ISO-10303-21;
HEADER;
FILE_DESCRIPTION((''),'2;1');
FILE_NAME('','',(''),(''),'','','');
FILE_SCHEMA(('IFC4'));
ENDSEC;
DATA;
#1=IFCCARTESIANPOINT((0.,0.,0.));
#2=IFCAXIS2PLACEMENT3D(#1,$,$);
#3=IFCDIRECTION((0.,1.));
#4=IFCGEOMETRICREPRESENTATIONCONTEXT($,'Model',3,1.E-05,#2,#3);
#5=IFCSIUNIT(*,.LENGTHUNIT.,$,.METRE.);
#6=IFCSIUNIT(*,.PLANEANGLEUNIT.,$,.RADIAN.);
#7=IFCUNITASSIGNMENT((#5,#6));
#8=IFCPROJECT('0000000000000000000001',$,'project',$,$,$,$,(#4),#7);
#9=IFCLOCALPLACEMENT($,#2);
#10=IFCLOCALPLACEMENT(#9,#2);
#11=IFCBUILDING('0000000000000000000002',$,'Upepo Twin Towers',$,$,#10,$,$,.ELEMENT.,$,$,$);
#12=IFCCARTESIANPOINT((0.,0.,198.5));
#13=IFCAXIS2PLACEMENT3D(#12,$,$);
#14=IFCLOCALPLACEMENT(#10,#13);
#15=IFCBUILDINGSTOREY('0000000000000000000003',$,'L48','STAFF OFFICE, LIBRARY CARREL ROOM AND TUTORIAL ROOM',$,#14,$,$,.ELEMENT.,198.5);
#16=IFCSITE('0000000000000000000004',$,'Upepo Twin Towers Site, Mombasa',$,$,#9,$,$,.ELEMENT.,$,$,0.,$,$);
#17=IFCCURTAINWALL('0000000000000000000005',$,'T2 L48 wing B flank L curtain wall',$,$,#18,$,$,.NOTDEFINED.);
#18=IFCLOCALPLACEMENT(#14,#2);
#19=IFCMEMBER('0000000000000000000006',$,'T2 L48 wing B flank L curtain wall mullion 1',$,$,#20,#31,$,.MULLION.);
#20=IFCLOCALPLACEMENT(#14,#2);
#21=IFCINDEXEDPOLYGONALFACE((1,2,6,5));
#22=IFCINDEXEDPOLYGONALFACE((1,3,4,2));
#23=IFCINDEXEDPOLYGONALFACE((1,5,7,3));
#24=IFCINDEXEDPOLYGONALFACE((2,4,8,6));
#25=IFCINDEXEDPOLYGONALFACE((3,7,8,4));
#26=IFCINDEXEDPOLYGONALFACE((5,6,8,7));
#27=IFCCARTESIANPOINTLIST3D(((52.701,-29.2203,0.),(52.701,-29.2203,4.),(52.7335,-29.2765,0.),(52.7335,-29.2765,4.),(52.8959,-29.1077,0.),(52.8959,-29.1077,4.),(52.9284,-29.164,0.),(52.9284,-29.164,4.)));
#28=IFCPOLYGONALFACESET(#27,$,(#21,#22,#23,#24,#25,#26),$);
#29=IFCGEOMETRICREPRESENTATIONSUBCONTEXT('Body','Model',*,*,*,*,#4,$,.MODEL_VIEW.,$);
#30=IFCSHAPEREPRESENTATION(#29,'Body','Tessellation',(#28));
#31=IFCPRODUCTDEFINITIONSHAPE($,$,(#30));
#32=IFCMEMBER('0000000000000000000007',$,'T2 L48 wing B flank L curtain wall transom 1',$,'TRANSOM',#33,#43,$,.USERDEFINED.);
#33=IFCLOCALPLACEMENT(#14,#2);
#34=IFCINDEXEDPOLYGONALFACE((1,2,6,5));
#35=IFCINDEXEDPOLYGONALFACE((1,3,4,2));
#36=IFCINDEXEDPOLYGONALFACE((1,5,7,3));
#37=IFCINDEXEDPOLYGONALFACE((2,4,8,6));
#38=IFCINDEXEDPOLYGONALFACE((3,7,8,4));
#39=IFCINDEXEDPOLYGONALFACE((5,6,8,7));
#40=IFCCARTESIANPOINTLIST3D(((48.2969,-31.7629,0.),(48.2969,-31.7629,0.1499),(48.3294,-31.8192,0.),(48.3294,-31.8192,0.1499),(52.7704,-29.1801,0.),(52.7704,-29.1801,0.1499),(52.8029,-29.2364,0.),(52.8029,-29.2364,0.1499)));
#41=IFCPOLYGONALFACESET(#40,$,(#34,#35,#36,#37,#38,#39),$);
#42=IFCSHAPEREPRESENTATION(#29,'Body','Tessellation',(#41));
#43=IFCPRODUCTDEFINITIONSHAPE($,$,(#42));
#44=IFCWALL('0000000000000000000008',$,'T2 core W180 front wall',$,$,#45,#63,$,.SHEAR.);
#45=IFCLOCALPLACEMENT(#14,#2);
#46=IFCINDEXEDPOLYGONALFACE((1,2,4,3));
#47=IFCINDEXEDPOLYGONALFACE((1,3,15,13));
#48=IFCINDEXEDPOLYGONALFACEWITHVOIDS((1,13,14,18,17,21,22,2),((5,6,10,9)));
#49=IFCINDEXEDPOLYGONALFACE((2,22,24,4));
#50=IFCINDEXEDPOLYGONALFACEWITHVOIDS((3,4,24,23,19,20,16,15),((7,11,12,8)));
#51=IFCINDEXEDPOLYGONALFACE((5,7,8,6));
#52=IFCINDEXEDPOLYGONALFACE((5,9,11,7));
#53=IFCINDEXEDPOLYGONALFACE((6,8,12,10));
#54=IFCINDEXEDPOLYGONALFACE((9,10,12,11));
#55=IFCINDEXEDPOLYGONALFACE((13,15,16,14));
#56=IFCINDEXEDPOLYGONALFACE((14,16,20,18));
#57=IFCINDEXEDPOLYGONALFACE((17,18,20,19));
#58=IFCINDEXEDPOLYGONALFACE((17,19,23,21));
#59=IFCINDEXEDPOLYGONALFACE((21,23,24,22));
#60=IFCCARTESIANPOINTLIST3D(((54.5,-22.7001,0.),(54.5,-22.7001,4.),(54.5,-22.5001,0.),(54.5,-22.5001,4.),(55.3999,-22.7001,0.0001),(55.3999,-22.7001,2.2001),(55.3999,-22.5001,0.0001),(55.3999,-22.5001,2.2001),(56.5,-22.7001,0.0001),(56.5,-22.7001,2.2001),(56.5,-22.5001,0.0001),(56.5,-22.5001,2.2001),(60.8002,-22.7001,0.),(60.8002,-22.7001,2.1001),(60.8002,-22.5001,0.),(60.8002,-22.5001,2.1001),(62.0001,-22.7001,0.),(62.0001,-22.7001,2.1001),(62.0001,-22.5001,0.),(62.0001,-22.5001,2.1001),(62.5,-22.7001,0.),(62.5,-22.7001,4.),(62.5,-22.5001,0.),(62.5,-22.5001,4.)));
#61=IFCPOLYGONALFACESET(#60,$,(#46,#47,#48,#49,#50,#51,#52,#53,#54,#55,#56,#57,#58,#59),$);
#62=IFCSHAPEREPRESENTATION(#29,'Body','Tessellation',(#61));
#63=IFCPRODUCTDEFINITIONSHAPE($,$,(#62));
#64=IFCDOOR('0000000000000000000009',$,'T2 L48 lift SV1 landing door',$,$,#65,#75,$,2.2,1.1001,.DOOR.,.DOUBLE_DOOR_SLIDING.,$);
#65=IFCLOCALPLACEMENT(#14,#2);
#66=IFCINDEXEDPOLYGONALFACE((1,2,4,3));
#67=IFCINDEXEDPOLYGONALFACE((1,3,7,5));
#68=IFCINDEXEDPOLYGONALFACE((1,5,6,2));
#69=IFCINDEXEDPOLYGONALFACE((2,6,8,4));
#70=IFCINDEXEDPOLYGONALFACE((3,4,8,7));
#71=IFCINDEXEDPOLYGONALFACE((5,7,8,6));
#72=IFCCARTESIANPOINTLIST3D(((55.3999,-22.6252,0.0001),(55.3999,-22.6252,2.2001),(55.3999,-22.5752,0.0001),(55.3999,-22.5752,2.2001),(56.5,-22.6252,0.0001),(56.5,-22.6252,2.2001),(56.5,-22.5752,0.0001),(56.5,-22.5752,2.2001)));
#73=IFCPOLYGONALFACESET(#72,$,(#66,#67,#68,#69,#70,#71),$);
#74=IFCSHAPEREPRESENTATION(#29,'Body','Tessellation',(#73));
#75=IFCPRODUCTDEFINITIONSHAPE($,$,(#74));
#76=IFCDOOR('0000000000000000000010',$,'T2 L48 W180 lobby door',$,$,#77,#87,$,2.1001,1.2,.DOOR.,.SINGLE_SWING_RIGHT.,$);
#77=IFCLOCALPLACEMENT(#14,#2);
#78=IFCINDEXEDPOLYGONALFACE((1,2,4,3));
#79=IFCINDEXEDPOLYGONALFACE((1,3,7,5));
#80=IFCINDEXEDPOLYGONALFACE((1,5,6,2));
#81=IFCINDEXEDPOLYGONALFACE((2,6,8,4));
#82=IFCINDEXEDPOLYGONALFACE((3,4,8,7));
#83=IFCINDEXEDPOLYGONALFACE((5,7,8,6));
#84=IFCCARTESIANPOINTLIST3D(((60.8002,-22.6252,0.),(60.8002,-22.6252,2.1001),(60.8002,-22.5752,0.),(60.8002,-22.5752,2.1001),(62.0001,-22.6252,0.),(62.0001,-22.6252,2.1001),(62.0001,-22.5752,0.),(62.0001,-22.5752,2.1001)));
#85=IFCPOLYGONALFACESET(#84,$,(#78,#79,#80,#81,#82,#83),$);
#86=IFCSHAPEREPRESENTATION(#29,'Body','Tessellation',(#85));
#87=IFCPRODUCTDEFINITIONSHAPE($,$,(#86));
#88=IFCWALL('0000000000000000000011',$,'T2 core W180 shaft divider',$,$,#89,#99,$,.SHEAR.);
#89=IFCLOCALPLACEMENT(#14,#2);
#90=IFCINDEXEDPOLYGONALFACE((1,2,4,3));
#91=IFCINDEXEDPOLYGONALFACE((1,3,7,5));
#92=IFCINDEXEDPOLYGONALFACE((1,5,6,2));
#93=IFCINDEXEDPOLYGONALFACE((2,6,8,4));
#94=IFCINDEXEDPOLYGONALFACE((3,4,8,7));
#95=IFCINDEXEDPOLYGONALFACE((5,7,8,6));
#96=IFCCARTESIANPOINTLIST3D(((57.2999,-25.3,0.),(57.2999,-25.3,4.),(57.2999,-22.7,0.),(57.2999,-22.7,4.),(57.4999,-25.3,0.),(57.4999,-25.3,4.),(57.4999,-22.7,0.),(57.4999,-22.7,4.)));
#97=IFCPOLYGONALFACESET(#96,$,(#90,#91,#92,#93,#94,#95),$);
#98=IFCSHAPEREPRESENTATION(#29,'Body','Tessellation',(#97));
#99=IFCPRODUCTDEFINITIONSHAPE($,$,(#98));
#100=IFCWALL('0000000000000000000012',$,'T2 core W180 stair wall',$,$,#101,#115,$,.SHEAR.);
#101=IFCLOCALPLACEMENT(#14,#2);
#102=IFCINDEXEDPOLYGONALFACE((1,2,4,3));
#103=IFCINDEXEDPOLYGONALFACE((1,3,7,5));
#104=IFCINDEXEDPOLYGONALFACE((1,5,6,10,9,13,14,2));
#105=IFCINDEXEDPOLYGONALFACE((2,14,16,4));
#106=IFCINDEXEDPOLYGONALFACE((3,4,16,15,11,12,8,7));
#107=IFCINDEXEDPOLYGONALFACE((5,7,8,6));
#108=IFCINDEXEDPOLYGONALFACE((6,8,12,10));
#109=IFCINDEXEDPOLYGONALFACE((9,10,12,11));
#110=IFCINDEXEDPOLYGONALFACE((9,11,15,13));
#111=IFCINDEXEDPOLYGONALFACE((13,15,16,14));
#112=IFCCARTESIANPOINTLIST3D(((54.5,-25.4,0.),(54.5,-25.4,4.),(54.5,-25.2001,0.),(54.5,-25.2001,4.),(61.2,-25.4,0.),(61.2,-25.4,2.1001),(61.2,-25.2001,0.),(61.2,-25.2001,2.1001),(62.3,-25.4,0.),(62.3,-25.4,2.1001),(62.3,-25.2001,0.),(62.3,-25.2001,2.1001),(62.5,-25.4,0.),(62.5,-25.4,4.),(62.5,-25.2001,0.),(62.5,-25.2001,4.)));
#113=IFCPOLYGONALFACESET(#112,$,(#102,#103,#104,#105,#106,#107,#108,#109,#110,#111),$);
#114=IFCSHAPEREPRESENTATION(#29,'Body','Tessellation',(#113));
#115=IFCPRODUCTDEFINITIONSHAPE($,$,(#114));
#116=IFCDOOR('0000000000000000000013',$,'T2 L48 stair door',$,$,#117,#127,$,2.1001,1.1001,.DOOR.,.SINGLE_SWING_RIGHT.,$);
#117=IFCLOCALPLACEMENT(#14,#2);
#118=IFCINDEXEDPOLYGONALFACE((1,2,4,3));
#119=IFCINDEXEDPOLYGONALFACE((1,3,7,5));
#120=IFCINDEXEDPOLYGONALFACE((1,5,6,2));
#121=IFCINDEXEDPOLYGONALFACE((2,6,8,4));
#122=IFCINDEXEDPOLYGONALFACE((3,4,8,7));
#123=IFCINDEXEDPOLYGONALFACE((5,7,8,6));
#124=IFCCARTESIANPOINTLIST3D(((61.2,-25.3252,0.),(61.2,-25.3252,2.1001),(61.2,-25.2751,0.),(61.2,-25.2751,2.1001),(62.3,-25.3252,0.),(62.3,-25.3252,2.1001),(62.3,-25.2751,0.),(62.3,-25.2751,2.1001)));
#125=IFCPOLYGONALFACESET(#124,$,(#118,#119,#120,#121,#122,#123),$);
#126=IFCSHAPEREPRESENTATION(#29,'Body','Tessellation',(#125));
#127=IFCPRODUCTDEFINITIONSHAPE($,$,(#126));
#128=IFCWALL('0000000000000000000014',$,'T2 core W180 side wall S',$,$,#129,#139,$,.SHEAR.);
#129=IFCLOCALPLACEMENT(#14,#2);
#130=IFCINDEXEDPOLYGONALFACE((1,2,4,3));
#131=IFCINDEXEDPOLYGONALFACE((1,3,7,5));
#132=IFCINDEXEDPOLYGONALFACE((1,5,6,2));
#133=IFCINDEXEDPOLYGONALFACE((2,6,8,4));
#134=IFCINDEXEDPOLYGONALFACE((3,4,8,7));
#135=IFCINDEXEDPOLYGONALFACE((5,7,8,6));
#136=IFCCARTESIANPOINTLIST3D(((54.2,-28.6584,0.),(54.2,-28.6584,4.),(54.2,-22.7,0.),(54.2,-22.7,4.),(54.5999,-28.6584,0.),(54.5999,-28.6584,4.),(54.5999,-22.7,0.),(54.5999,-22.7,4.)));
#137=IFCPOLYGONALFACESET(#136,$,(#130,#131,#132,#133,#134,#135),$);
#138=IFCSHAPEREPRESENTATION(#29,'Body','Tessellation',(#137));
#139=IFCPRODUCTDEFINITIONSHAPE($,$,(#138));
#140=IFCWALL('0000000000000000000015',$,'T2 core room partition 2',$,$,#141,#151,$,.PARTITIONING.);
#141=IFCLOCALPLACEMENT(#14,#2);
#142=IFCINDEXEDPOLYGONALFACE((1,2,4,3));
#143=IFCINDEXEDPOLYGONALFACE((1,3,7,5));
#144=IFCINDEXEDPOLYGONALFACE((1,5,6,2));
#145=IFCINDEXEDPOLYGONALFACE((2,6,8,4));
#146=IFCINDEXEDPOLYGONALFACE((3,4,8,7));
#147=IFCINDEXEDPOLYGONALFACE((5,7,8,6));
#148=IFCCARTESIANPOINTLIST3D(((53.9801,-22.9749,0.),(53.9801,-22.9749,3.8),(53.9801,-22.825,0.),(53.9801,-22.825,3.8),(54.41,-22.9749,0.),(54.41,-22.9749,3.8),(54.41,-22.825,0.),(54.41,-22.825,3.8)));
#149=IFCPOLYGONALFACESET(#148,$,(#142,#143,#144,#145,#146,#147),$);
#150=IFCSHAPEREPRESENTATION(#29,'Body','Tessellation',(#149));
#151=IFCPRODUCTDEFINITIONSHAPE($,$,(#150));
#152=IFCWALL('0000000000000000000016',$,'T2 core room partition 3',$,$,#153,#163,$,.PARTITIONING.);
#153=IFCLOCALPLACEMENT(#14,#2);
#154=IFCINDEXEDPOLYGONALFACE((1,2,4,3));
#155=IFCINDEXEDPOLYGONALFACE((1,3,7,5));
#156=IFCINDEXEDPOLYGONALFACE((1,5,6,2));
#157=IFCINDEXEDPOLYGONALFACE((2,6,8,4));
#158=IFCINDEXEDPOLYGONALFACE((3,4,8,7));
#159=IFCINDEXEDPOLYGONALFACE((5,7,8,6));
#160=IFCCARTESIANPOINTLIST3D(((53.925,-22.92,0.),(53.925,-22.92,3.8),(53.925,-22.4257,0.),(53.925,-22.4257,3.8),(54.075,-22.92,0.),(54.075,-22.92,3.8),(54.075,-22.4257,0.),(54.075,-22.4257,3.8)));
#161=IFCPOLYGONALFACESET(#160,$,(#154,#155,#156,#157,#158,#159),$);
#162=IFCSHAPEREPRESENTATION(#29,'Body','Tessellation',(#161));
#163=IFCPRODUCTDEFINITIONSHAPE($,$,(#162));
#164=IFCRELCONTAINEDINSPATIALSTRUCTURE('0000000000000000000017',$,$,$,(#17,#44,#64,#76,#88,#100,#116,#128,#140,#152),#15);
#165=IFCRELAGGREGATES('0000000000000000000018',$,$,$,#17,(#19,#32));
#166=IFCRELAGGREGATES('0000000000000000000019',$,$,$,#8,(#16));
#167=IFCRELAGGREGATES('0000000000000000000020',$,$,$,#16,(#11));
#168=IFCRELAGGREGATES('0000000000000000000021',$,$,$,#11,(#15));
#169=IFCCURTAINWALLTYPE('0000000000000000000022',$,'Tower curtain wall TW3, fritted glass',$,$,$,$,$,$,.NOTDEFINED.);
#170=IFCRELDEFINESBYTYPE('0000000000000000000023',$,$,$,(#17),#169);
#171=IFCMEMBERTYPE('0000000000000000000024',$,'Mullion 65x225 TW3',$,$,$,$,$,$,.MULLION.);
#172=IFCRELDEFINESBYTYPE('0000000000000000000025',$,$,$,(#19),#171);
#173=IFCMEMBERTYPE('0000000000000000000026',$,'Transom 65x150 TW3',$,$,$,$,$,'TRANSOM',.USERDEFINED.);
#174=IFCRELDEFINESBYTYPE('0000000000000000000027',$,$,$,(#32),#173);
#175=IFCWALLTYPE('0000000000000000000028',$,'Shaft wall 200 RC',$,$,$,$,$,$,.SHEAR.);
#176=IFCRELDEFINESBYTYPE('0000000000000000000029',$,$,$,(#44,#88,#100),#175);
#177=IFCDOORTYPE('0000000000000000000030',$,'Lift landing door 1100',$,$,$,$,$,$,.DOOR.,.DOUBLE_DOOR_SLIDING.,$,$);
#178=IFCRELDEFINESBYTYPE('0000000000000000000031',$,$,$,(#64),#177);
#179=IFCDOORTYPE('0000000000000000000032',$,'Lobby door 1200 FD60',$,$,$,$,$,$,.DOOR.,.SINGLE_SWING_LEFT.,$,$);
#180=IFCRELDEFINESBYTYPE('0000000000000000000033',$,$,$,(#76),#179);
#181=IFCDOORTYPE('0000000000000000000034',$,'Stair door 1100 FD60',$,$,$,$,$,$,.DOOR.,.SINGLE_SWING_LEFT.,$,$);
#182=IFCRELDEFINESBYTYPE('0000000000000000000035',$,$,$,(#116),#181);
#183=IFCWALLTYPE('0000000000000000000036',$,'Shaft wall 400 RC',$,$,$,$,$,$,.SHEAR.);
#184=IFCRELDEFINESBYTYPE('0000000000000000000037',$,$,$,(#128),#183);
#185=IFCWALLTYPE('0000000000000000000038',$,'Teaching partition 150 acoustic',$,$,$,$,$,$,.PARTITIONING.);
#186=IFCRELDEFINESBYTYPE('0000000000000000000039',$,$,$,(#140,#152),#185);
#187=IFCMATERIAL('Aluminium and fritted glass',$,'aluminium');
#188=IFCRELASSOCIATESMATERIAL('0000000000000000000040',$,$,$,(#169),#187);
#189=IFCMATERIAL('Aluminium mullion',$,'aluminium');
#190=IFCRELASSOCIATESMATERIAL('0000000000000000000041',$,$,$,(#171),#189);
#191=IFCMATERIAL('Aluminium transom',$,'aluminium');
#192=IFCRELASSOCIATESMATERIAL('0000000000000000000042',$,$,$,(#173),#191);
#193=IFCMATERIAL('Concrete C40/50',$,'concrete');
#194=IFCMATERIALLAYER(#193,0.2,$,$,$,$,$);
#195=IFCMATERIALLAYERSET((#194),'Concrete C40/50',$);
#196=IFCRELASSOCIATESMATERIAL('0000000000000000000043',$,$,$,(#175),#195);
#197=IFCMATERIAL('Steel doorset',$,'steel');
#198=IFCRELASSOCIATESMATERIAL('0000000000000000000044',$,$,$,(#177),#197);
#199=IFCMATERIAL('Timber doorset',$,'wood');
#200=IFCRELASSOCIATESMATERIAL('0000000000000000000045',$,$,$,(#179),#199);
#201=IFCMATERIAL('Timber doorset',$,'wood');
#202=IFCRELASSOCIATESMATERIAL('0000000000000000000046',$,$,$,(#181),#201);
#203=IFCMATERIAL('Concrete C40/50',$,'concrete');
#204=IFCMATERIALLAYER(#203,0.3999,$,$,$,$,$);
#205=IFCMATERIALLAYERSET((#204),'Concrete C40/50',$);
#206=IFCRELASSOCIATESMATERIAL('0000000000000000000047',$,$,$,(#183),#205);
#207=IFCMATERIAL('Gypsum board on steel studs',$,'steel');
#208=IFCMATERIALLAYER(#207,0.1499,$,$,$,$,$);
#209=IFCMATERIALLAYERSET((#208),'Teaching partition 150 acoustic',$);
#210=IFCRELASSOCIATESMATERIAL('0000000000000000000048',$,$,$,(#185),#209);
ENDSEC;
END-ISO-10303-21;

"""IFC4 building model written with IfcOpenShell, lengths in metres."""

from ifc_helpers import new_model, si_unit, direction, frame, frame_2d, origin, origin_2d, place, context, subcontext, project, spatial, rectangle, extrude, material, layer, layer_set, material_profile, profile_set, type_object, element, fill, aggregate, save


model = new_model("IFC4")

# Units and contexts
model_context = context("Model", 3, precision=1e-05, world=origin(), true_north=direction((0.0, 1.0)))
body_context = subcontext(model_context, "Body", "Model", "MODEL_VIEW")
ifc_project = project(units=[si_unit("LENGTHUNIT", "METRE"), si_unit("PLANEANGLEUNIT", "RADIAN")], contexts=[model_context])

# Site, building, storey
site_placement = place(None, origin())
site = spatial("IfcSite", under=ifc_project, at=site_placement, Name="Upepo Twin Towers Site, Mombasa", CompositionType="ELEMENT", RefElevation=0.0)
building_placement = place(site_placement, origin())
building = spatial("IfcBuilding", under=site, at=building_placement, Name="Upepo Twin Towers", CompositionType="ELEMENT")
storey_placement = place(building_placement, frame((0.0, 0.0, 198.5)))
storey = spatial("IfcBuildingStorey", under=building, at=storey_placement, Name="L48", Description="STAFF OFFICE, LIBRARY CARREL ROOM AND TUTORIAL ROOM", CompositionType="ELEMENT", Elevation=198.5)

# Curtain wall, members
ifc_material_1 = material(Name="Aluminium and fritted glass", Category="aluminium")
curtain_wall_type = type_object("IfcCurtainWallType", Name="Tower curtain wall TW3, fritted glass", PredefinedType="NOTDEFINED", material=ifc_material_1)
curtain_wall_placement = place(storey_placement, origin())
curtain_wall = element("IfcCurtainWall", 1, at=curtain_wall_placement, inside=storey, type_object=curtain_wall_type, Name="T2 L48 wing B flank L curtain wall", PredefinedType="NOTDEFINED")
ifc_material_2 = material(Name="Aluminium mullion", Category="aluminium")
ifc_material_profile_1 = material_profile(ifc_material_2, rectangle(XDim=0.0649, YDim=0.2251, at=origin_2d()), Name="MULLION 65x225")
ifc_profile_set_1 = profile_set([ifc_material_profile_1], Name="Aluminium mullion")
member_type_1 = type_object("IfcMemberType", Name="Mullion 65x225 TW3", PredefinedType="MULLION", material=ifc_profile_set_1)
member_1_placement = place(storey_placement, frame((52.8147, -29.1921, 0.0), z_axis=(0.0, 0.0, 1.0), x_axis=(0.5, -0.866025, 0.0)))
member_1 = element("IfcMember", 2, at=member_1_placement, type_object=member_type_1, Name="T2 L48 wing B flank L curtain wall mullion 1", PredefinedType="MULLION", context=body_context, shape_type="SweptSolid", body=[
    extrude(rectangle(XDim=0.0649, YDim=0.2251, at=origin_2d()), origin(), (0.0, 0.0, 1.0), 4.0),
])
ifc_material_3 = material(Name="Aluminium transom", Category="aluminium")
ifc_material_profile_2 = material_profile(ifc_material_3, rectangle(XDim=0.0649, YDim=0.1499, at=origin_2d()), Name="TRANSOM 65x150")
ifc_profile_set_2 = profile_set([ifc_material_profile_2], Name="Aluminium transom")
member_type_2 = type_object("IfcMemberType", Name="Transom 65x150 TW3", ElementType="TRANSOM", PredefinedType="USERDEFINED", material=ifc_profile_set_2)
member_2_placement = place(storey_placement, frame((52.7866, -29.2083, 0.075), z_axis=(-0.866021, -0.500007, 0.0), x_axis=(0.500007, -0.866021, 0.0)))
member_2 = element("IfcMember", 3, at=member_2_placement, type_object=member_type_2, Name="T2 L48 wing B flank L curtain wall transom 1", ObjectType="TRANSOM", PredefinedType="USERDEFINED", context=body_context, shape_type="SweptSolid", body=[
    extrude(rectangle(XDim=0.0649, YDim=0.1499, at=origin_2d()), origin(), (0.0, 0.0, 1.0), 5.1655),
])
aggregate(curtain_wall, [member_1, member_2])

# Wall, openings, doors
ifc_material_4 = material(Name="Concrete C40/50", Category="concrete")
ifc_layer_1 = layer(ifc_material_4, 0.2)
ifc_layer_set_1 = layer_set([ifc_layer_1], Name="Concrete C40/50")
wall_type_1 = type_object("IfcWallType", Name="Shaft wall 200 RC", PredefinedType="SHEAR", material=ifc_layer_set_1)
wall_1_placement = place(storey_placement, frame((54.5, -22.6001, 0.0), z_axis=(0.0, 0.0, 1.0), x_axis=(1.0, 0.0, 0.0)))
wall_1 = element("IfcWall", 4, at=wall_1_placement, inside=storey, type_object=wall_type_1, Name="T2 core W180 front wall", PredefinedType="SHEAR", context=body_context, shape_type="SweptSolid", body=[
    extrude(rectangle(XDim=8.0, YDim=0.2, at=frame_2d((4.0, 0.0))), origin(), (0.0, 0.0, 1.0), 4.0),
])
opening_1_placement = place(wall_1_placement, frame((6.3, 0.0, 0.0)))
opening_1 = element("IfcOpeningElement", 5, at=opening_1_placement, cuts=wall_1, PredefinedType="OPENING", context=body_context, shape_type="SweptSolid", body=[
    extrude(rectangle(XDim=1.2, YDim=2.1001, at=frame_2d((0.6001, 1.05))), frame((0.0, 0.1099, 0.0), z_axis=(0.0, -1.0, 0.0), x_axis=(1.0, 0.0, 0.0)), (0.0, 0.0, 1.0), 0.22),
])
opening_2_placement = place(wall_1_placement, frame((0.8999, 0.0, 0.0)))
opening_2 = element("IfcOpeningElement", 6, at=opening_2_placement, cuts=wall_1, PredefinedType="OPENING", context=body_context, shape_type="SweptSolid", body=[
    extrude(rectangle(XDim=1.1001, YDim=2.2, at=frame_2d((0.55, 1.1001))), frame((0.0, 0.1099, 0.0), z_axis=(0.0, -1.0, 0.0), x_axis=(1.0, 0.0, 0.0)), (0.0, 0.0, 1.0), 0.22),
])
ifc_material_5 = material(Name="Steel doorset", Category="steel")
door_type_1 = type_object("IfcDoorType", Name="Lift landing door 1100", OperationType="DOUBLE_DOOR_SLIDING", PredefinedType="DOOR", material=ifc_material_5)
door_1_placement = place(opening_2_placement, origin())
door_1 = element("IfcDoor", 7, at=door_1_placement, inside=storey, type_object=door_type_1, Name="T2 L48 lift SV1 landing door", OperationType="DOUBLE_DOOR_SLIDING", OverallHeight=2.2, OverallWidth=1.1001, PredefinedType="DOOR", context=body_context, shape_type="SweptSolid", body=[
    extrude(rectangle(XDim=1.1001, YDim=2.2, at=frame_2d((0.55, 1.1001))), frame((0.0, 0.0249, 0.0), z_axis=(0.0, -1.0, 0.0), x_axis=(1.0, 0.0, 0.0)), (0.0, 0.0, 1.0), 0.05),
])
fill(opening_2, door_1)
ifc_material_6 = material(Name="Timber doorset", Category="wood")
door_type_2 = type_object("IfcDoorType", Name="Lobby door 1200 FD60", OperationType="SINGLE_SWING_LEFT", PredefinedType="DOOR", material=ifc_material_6)
door_2_placement = place(opening_1_placement, origin())
door_2 = element("IfcDoor", 8, at=door_2_placement, inside=storey, type_object=door_type_2, Name="T2 L48 W180 lobby door", OperationType="SINGLE_SWING_RIGHT", OverallHeight=2.1001, OverallWidth=1.2, PredefinedType="DOOR", context=body_context, shape_type="SweptSolid", body=[
    extrude(rectangle(XDim=1.2, YDim=2.1001, at=frame_2d((0.6001, 1.05))), frame((0.0, 0.0249, 0.0), z_axis=(0.0, -1.0, 0.0), x_axis=(1.0, 0.0, 0.0)), (0.0, 0.0, 1.0), 0.05),
])
fill(opening_1, door_2)

# Wall
wall_2_placement = place(storey_placement, frame((57.3999, -22.7, 0.0), z_axis=(0.0, 0.0, 1.0), x_axis=(0.0, -1.0, 0.0)))
element("IfcWall", 9, at=wall_2_placement, inside=storey, type_object=wall_type_1, Name="T2 core W180 shaft divider", PredefinedType="SHEAR", context=body_context, shape_type="SweptSolid", body=[
    extrude(rectangle(XDim=2.6001, YDim=0.2, at=frame_2d((1.3, 0.0))), origin(), (0.0, 0.0, 1.0), 4.0),
])

# Wall, opening, door
wall_3_placement = place(storey_placement, frame((54.5, -25.3, 0.0), z_axis=(0.0, 0.0, 1.0), x_axis=(1.0, 0.0, 0.0)))
wall_3 = element("IfcWall", 10, at=wall_3_placement, inside=storey, type_object=wall_type_1, Name="T2 core W180 stair wall", PredefinedType="SHEAR", context=body_context, shape_type="SweptSolid", body=[
    extrude(rectangle(XDim=8.0, YDim=0.2, at=frame_2d((4.0, 0.0))), origin(), (0.0, 0.0, 1.0), 4.0),
])
opening_3_placement = place(wall_3_placement, frame((6.7, 0.0, 0.0)))
opening_3 = element("IfcOpeningElement", 11, at=opening_3_placement, cuts=wall_3, PredefinedType="OPENING", context=body_context, shape_type="SweptSolid", body=[
    extrude(rectangle(XDim=1.1001, YDim=2.1001, at=frame_2d((0.55, 1.05))), frame((0.0, 0.1099, 0.0), z_axis=(0.0, -1.0, 0.0), x_axis=(1.0, 0.0, 0.0)), (0.0, 0.0, 1.0), 0.22),
])
ifc_material_7 = material(Name="Timber doorset", Category="wood")
door_type_3 = type_object("IfcDoorType", Name="Stair door 1100 FD60", OperationType="SINGLE_SWING_LEFT", PredefinedType="DOOR", material=ifc_material_7)
door_3_placement = place(opening_3_placement, origin())
door_3 = element("IfcDoor", 12, at=door_3_placement, inside=storey, type_object=door_type_3, Name="T2 L48 stair door", OperationType="SINGLE_SWING_RIGHT", OverallHeight=2.1001, OverallWidth=1.1001, PredefinedType="DOOR", context=body_context, shape_type="SweptSolid", body=[
    extrude(rectangle(XDim=1.1001, YDim=2.1001, at=frame_2d((0.55, 1.05))), frame((0.0, 0.0249, 0.0), z_axis=(0.0, -1.0, 0.0), x_axis=(1.0, 0.0, 0.0)), (0.0, 0.0, 1.0), 0.05),
])
fill(opening_3, door_3)

# Walls
ifc_material_8 = material(Name="Concrete C40/50", Category="concrete")
ifc_layer_2 = layer(ifc_material_8, 0.3999)
ifc_layer_set_2 = layer_set([ifc_layer_2], Name="Concrete C40/50")
wall_type_2 = type_object("IfcWallType", Name="Shaft wall 400 RC", PredefinedType="SHEAR", material=ifc_layer_set_2)
wall_4_placement = place(storey_placement, frame((54.3999, -22.7, 0.0), z_axis=(0.0, 0.0, 1.0), x_axis=(0.0, -1.0, 0.0)))
element("IfcWall", 13, at=wall_4_placement, inside=storey, type_object=wall_type_2, Name="T2 core W180 side wall S", PredefinedType="SHEAR", context=body_context, shape_type="SweptSolid", body=[
    extrude(rectangle(XDim=5.9585, YDim=0.3999, at=frame_2d((2.9792, 0.0))), origin(), (0.0, 0.0, 1.0), 4.0),
])
ifc_material_9 = material(Name="Gypsum board on steel studs", Category="steel")
ifc_layer_3 = layer(ifc_material_9, 0.1499)
ifc_layer_set_3 = layer_set([ifc_layer_3], Name="Teaching partition 150 acoustic")
wall_type_3 = type_object("IfcWallType", Name="Teaching partition 150 acoustic", PredefinedType="PARTITIONING", material=ifc_layer_set_3)
wall_5_placement = place(storey_placement, frame((54.4099, -22.8999, 0.0), z_axis=(0.0, 0.0, 1.0), x_axis=(-1.0, 0.0, 0.0)))
element("IfcWall", 14, at=wall_5_placement, inside=storey, type_object=wall_type_3, Name="T2 core room partition 2", PredefinedType="PARTITIONING", context=body_context, shape_type="SweptSolid", body=[
    extrude(rectangle(XDim=0.4299, YDim=0.1499, at=frame_2d((0.2148, 0.0))), origin(), (0.0, 0.0, 1.0), 3.8),
])
wall_6_placement = place(storey_placement, frame((54.0, -22.9199, 0.0), z_axis=(0.0, 0.0, 1.0), x_axis=(0.0, 1.0, 0.0)))
element("IfcWall", 15, at=wall_6_placement, inside=storey, type_object=wall_type_3, Name="T2 core room partition 3", PredefinedType="PARTITIONING", context=body_context, shape_type="SweptSolid", body=[
    extrude(rectangle(XDim=0.4944, YDim=0.1499, at=frame_2d((0.2471, 0.0))), origin(), (0.0, 0.0, 1.0), 3.8),
])

save(model, "model.ifc")
